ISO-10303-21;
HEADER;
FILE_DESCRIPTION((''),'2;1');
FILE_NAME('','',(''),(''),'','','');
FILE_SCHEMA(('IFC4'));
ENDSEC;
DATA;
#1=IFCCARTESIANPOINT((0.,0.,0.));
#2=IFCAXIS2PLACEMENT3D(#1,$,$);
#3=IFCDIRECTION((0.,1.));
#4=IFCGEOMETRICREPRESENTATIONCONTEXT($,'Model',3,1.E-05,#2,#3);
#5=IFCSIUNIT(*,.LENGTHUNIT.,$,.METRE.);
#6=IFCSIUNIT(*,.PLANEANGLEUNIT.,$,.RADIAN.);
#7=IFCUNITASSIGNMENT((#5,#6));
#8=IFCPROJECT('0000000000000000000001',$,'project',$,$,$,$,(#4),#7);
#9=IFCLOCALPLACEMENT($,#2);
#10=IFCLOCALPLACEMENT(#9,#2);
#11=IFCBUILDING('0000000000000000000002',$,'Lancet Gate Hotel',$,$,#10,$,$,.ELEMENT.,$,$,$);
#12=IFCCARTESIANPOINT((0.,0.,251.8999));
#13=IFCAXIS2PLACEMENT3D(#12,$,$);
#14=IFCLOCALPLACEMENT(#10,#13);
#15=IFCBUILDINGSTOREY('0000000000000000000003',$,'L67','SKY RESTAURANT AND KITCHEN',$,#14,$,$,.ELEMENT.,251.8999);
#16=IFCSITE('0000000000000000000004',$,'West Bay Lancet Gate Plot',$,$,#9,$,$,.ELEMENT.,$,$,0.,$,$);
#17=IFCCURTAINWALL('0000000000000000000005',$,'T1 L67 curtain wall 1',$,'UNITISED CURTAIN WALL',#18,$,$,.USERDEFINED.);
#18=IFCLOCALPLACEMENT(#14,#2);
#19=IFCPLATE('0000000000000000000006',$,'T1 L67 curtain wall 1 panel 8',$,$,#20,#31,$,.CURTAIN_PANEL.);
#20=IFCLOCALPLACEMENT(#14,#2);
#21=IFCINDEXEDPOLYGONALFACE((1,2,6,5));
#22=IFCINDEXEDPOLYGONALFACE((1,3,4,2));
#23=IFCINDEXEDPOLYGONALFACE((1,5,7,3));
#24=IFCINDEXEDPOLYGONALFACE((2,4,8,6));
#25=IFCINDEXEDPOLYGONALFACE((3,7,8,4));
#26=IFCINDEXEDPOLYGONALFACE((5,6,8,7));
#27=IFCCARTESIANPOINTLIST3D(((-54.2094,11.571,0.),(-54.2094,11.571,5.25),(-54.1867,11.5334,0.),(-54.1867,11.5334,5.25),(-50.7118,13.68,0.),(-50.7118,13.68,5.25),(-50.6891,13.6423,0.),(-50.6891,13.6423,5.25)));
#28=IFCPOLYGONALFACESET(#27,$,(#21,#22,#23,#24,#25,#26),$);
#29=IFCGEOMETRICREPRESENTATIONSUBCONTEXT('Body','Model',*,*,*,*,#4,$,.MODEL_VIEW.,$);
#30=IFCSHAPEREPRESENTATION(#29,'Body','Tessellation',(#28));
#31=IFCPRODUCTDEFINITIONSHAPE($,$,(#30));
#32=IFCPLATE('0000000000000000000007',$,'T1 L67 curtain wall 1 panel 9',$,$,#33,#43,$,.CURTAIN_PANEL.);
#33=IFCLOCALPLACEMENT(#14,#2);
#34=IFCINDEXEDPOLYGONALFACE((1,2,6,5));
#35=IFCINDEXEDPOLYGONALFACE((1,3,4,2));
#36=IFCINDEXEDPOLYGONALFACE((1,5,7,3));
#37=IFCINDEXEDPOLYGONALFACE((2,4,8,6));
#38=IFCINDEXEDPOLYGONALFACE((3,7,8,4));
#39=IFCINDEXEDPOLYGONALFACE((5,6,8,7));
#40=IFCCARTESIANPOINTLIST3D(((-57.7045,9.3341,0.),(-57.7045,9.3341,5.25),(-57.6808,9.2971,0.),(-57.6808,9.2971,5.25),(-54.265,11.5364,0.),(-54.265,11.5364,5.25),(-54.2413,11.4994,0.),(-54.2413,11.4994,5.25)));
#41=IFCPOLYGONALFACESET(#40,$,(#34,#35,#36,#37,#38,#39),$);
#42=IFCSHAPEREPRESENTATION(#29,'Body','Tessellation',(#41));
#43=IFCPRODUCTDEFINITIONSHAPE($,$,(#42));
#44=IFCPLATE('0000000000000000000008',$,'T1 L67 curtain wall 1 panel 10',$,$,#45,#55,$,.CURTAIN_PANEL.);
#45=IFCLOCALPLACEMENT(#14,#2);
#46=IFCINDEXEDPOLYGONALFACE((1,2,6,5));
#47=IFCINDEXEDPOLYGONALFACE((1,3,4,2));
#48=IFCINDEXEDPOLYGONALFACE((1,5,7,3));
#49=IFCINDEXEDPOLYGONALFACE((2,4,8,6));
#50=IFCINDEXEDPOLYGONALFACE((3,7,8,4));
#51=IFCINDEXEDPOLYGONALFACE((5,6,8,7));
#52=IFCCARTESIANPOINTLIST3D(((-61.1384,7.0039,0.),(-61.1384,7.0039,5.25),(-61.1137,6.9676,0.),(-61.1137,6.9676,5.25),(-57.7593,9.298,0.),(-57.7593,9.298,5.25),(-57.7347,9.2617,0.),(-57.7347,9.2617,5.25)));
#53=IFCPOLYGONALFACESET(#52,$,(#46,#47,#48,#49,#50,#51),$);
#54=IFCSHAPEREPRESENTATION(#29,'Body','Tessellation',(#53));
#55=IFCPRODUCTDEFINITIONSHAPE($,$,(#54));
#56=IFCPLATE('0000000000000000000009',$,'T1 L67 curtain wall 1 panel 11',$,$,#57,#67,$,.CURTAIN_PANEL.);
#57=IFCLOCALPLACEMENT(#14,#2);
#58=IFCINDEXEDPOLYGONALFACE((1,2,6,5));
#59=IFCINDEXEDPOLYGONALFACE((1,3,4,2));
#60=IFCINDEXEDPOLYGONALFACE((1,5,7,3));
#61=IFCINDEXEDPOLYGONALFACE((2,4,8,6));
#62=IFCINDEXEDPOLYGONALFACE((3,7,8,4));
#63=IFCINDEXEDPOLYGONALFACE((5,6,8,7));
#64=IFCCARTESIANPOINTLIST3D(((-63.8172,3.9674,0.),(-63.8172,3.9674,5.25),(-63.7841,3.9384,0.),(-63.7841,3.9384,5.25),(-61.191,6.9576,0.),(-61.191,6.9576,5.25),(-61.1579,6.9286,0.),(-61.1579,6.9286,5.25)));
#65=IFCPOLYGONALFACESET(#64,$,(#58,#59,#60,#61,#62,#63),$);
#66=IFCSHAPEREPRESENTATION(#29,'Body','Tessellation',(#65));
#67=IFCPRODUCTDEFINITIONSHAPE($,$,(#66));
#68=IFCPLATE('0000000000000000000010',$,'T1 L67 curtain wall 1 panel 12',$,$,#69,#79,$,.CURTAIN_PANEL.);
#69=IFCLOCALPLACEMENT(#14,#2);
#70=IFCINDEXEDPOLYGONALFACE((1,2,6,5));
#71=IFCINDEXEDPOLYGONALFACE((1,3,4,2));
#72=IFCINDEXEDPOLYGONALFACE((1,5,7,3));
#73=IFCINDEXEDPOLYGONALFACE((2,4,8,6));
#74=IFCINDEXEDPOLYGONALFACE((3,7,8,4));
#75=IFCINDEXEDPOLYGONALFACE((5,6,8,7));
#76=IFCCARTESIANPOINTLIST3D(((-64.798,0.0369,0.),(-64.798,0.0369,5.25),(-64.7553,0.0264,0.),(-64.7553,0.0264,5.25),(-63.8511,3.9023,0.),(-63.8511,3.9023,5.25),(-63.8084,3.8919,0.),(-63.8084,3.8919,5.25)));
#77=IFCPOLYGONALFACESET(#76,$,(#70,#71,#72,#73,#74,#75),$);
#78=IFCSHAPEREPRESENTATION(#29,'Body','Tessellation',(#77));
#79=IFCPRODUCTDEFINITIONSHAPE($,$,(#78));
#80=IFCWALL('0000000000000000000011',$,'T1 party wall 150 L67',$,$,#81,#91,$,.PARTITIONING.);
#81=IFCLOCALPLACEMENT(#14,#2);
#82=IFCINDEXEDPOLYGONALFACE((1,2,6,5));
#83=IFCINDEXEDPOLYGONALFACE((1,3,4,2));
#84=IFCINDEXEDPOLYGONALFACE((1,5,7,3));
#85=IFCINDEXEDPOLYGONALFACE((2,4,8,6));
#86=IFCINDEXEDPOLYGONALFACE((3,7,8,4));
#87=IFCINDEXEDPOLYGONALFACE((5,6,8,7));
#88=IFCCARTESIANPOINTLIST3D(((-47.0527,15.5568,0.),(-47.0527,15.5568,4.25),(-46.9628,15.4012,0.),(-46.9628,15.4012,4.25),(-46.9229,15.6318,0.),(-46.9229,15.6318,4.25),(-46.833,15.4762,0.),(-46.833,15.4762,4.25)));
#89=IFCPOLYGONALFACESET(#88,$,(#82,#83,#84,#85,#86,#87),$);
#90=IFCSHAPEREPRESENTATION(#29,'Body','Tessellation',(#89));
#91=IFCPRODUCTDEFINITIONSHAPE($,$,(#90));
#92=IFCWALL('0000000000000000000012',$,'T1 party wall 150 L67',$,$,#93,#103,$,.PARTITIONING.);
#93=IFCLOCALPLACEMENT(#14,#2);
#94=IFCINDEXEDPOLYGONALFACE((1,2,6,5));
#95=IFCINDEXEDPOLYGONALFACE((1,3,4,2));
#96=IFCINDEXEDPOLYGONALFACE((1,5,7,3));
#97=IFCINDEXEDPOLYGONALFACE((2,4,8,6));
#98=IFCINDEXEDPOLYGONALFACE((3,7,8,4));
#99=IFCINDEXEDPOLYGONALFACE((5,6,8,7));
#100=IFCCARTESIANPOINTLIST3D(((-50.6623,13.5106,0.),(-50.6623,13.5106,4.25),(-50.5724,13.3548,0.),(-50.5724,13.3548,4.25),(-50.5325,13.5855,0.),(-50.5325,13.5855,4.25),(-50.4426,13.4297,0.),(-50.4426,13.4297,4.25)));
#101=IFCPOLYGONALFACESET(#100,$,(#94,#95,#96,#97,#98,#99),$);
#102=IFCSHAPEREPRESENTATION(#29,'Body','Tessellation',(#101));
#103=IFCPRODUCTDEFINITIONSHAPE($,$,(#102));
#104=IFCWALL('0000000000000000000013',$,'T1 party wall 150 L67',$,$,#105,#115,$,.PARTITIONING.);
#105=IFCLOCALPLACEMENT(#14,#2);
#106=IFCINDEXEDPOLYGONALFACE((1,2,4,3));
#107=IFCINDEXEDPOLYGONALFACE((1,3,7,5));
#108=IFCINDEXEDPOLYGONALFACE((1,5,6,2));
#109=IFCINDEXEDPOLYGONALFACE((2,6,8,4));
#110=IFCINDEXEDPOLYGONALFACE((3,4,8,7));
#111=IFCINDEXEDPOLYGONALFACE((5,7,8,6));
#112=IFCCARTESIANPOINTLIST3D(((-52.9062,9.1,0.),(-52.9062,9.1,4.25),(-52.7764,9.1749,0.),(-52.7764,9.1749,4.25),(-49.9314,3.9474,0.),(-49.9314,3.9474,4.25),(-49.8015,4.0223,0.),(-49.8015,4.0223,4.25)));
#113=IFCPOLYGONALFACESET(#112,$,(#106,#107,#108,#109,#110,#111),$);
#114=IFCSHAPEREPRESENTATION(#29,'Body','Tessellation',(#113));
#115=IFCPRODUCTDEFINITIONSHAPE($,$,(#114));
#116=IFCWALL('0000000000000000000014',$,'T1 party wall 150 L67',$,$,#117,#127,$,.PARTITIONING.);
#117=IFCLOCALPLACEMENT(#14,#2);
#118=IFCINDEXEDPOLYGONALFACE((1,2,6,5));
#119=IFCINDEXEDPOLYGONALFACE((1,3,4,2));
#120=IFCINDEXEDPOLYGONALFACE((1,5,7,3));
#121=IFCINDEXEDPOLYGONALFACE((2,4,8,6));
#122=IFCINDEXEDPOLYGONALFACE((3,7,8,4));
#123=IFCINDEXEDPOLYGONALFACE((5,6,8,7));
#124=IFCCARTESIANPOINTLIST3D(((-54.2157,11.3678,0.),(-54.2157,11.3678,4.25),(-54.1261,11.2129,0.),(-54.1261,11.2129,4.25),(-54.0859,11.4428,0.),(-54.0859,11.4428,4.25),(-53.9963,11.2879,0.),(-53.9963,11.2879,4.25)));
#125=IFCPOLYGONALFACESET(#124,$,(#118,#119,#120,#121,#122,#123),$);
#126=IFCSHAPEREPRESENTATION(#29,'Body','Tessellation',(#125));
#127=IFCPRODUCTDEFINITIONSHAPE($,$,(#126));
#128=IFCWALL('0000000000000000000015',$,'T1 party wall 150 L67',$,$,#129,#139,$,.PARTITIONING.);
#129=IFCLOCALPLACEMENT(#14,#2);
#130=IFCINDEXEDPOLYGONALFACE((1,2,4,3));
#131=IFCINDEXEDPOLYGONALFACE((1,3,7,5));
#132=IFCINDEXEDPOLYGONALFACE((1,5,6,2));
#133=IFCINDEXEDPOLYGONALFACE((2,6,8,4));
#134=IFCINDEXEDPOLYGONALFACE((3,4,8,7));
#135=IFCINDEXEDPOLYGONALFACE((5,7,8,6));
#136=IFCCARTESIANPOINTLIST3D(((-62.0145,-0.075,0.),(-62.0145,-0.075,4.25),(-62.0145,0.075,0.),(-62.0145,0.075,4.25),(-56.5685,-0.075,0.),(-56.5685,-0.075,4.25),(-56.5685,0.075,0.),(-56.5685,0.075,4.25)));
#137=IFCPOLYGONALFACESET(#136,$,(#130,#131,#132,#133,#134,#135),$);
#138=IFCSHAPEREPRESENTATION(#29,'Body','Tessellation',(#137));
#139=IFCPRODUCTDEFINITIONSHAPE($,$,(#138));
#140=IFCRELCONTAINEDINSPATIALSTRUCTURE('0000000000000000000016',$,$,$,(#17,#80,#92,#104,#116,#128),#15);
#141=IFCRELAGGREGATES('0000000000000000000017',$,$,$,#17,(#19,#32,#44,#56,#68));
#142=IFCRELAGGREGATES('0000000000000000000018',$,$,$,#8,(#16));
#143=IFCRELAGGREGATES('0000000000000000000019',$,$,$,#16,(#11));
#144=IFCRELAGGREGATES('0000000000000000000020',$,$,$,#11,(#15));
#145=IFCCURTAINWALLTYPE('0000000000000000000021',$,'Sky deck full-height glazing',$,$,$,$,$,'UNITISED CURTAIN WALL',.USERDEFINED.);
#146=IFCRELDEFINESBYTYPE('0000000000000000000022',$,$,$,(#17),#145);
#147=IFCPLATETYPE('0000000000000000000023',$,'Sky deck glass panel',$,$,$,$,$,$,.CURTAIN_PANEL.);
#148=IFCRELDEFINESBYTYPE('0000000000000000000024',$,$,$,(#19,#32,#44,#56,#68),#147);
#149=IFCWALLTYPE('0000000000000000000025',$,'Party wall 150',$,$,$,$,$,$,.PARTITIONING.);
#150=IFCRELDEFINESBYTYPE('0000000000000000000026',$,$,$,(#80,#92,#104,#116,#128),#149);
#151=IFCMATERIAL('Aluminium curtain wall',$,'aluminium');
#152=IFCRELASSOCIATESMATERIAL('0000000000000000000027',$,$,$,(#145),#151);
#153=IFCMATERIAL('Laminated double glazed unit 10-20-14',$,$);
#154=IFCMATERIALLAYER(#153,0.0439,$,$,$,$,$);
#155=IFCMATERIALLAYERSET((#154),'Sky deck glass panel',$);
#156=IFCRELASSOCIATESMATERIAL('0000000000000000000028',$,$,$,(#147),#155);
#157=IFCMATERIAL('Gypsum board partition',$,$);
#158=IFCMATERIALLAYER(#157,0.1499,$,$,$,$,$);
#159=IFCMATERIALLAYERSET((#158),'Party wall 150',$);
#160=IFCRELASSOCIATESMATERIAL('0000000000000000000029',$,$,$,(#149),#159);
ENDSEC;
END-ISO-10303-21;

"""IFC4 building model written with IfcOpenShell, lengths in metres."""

from ifc_helpers import new_model, si_unit, direction, frame, frame_2d, origin, origin_2d, place, context, subcontext, project, spatial, rectangle, extrude, material, layer, layer_set, type_object, element, aggregate, save


model = new_model("IFC4")

# Units and contexts
model_context = context("Model", 3, precision=1e-05, world=origin(), true_north=direction((0.0, 1.0)))
body_context = subcontext(model_context, "Body", "Model", "MODEL_VIEW")
ifc_project = project(units=[si_unit("LENGTHUNIT", "METRE"), si_unit("PLANEANGLEUNIT", "RADIAN")], contexts=[model_context])

# Site, building, storey
site_placement = place(None, origin())
site = spatial("IfcSite", under=ifc_project, at=site_placement, Name="West Bay Lancet Gate Plot", CompositionType="ELEMENT", RefElevation=0.0)
building_placement = place(site_placement, origin())
building = spatial("IfcBuilding", under=site, at=building_placement, Name="Lancet Gate Hotel", CompositionType="ELEMENT")
storey_placement = place(building_placement, frame((0.0, 0.0, 251.8999)))
storey = spatial("IfcBuildingStorey", under=building, at=storey_placement, Name="L67", Description="SKY RESTAURANT AND KITCHEN", CompositionType="ELEMENT", Elevation=251.8999)

# Curtain wall
ifc_material_1 = material(Name="Aluminium curtain wall", Category="aluminium")
curtain_wall_type = type_object("IfcCurtainWallType", Name="Sky deck full-height glazing", ElementType="UNITISED CURTAIN WALL", PredefinedType="USERDEFINED", material=ifc_material_1)
curtain_wall_placement = place(storey_placement, origin())
curtain_wall = element("IfcCurtainWall", 1, at=curtain_wall_placement, inside=storey, type_object=curtain_wall_type, Name="T1 L67 curtain wall 1", ObjectType="UNITISED CURTAIN WALL", PredefinedType="USERDEFINED")

# Plates
ifc_material_2 = material(Name="Laminated double glazed unit 10-20-14")
ifc_layer_1 = layer(ifc_material_2, 0.0439)
ifc_layer_set_1 = layer_set([ifc_layer_1], Name="Sky deck glass panel")
plate_type = type_object("IfcPlateType", Name="Sky deck glass panel", PredefinedType="CURTAIN_PANEL", material=ifc_layer_set_1)
plate_1_placement = place(storey_placement, frame((-52.4492, 12.6067, 0.0), z_axis=(0.0, 0.0, 1.0), x_axis=(-0.85637, -0.516363, 0.0)))
plate_1 = element("IfcPlate", 2, at=plate_1_placement, type_object=plate_type, Name="T1 L67 curtain wall 1 panel 8", PredefinedType="CURTAIN_PANEL", context=body_context, shape_type="SweptSolid", body=[
    extrude(rectangle(XDim=4.0842, YDim=0.0439, at=origin_2d()), origin(), (0.0, 0.0, 1.0), 5.25),
])
plate_2_placement = place(storey_placement, frame((-55.9729, 10.4167, 0.0), z_axis=(0.0, 0.0, 1.0), x_axis=(-0.842161, -0.539226, 0.0)))
plate_2 = element("IfcPlate", 3, at=plate_2_placement, type_object=plate_type, Name="T1 L67 curtain wall 1 panel 9", PredefinedType="CURTAIN_PANEL", context=body_context, shape_type="SweptSolid", body=[
    extrude(rectangle(XDim=4.0842, YDim=0.0439, at=origin_2d()), origin(), (0.0, 0.0, 1.0), 5.25),
])
plate_3_placement = place(storey_placement, frame((-59.4365, 8.1328, 0.0), z_axis=(0.0, 0.0, 1.0), x_axis=(-0.827342, -0.561698, 0.0)))
plate_3 = element("IfcPlate", 4, at=plate_3_placement, type_object=plate_type, Name="T1 L67 curtain wall 1 panel 10", PredefinedType="CURTAIN_PANEL", context=body_context, shape_type="SweptSolid", body=[
    extrude(rectangle(XDim=4.0842, YDim=0.0439, at=origin_2d()), origin(), (0.0, 0.0, 1.0), 5.25),
])
plate_4_placement = place(storey_placement, frame((-62.4875, 5.448, 0.0), z_axis=(0.0, 0.0, 1.0), x_axis=(-0.659892, -0.751361, 0.0)))
plate_4 = element("IfcPlate", 5, at=plate_4_placement, type_object=plate_type, Name="T1 L67 curtain wall 1 panel 11", PredefinedType="CURTAIN_PANEL", context=body_context, shape_type="SweptSolid", body=[
    extrude(rectangle(XDim=3.9797, YDim=0.0439, at=origin_2d()), origin(), (0.0, 0.0, 1.0), 5.25),
])
plate_5_placement = place(storey_placement, frame((-64.3032, 1.9644, 0.0), z_axis=(0.0, 0.0, 1.0), x_axis=(-0.237921, -0.971285, 0.0)))
plate_5 = element("IfcPlate", 6, at=plate_5_placement, type_object=plate_type, Name="T1 L67 curtain wall 1 panel 12", PredefinedType="CURTAIN_PANEL", context=body_context, shape_type="SweptSolid", body=[
    extrude(rectangle(XDim=3.9797, YDim=0.0439, at=origin_2d()), origin(), (0.0, 0.0, 1.0), 5.25),
])
aggregate(curtain_wall, [plate_1, plate_2, plate_3, plate_4, plate_5])

# Walls
ifc_material_3 = material(Name="Gypsum board partition")
ifc_layer_2 = layer(ifc_material_3, 0.1499)
ifc_layer_set_2 = layer_set([ifc_layer_2], Name="Party wall 150")
wall_type = type_object("IfcWallType", Name="Party wall 150", PredefinedType="PARTITIONING", material=ifc_layer_set_2)
wall_1_placement = place(storey_placement, frame((-46.8979, 15.4387, 0.0), z_axis=(0.0, 0.0, 1.0), x_axis=(-0.500232, 0.865891, 0.0)))
element("IfcWall", 7, at=wall_1_placement, inside=storey, type_object=wall_type, Name="T1 party wall 150 L67", PredefinedType="PARTITIONING", context=body_context, shape_type="SweptSolid", body=[
    extrude(rectangle(XDim=0.1797, YDim=0.1499, at=frame_2d((0.0898, 0.0))), origin(), (0.0, 0.0, 1.0), 4.25),
])
wall_2_placement = place(storey_placement, frame((-50.5076, 13.3923, 0.0), z_axis=(0.0, 0.0, 1.0), x_axis=(-0.499644, 0.866231, 0.0)))
element("IfcWall", 8, at=wall_2_placement, inside=storey, type_object=wall_type, Name="T1 party wall 150 L67", PredefinedType="PARTITIONING", context=body_context, shape_type="SweptSolid", body=[
    extrude(rectangle(XDim=0.1799, YDim=0.1499, at=frame_2d((0.0898, 0.0))), origin(), (0.0, 0.0, 1.0), 4.25),
])
wall_3_placement = place(storey_placement, frame((-49.8665, 3.9849, 0.0), z_axis=(0.0, 0.0, 1.0), x_axis=(-0.500001, 0.866025, 0.0)))
element("IfcWall", 9, at=wall_3_placement, inside=storey, type_object=wall_type, Name="T1 party wall 150 L67", PredefinedType="PARTITIONING", context=body_context, shape_type="SweptSolid", body=[
    extrude(rectangle(XDim=5.9497, YDim=0.1499, at=frame_2d((2.9749, 0.0))), origin(), (0.0, 0.0, 1.0), 4.25),
])
wall_4_placement = place(storey_placement, frame((-54.0613, 11.2505, 0.0), z_axis=(0.0, 0.0, 1.0), x_axis=(-0.500391, 0.865799, 0.0)))
element("IfcWall", 10, at=wall_4_placement, inside=storey, type_object=wall_type, Name="T1 party wall 150 L67", PredefinedType="PARTITIONING", context=body_context, shape_type="SweptSolid", body=[
    extrude(rectangle(XDim=0.179, YDim=0.1499, at=frame_2d((0.0894, 0.0))), origin(), (0.0, 0.0, 1.0), 4.25),
])
wall_5_placement = place(storey_placement, frame((-56.5684, 0.0, 0.0), z_axis=(0.0, 0.0, 1.0), x_axis=(-1.0, 0.0, 0.0)))
element("IfcWall", 11, at=wall_5_placement, inside=storey, type_object=wall_type, Name="T1 party wall 150 L67", PredefinedType="PARTITIONING", context=body_context, shape_type="SweptSolid", body=[
    extrude(rectangle(XDim=5.446, YDim=0.1499, at=frame_2d((2.7231, 0.0))), origin(), (0.0, 0.0, 1.0), 4.25),
])

save(model, "model.ifc")
